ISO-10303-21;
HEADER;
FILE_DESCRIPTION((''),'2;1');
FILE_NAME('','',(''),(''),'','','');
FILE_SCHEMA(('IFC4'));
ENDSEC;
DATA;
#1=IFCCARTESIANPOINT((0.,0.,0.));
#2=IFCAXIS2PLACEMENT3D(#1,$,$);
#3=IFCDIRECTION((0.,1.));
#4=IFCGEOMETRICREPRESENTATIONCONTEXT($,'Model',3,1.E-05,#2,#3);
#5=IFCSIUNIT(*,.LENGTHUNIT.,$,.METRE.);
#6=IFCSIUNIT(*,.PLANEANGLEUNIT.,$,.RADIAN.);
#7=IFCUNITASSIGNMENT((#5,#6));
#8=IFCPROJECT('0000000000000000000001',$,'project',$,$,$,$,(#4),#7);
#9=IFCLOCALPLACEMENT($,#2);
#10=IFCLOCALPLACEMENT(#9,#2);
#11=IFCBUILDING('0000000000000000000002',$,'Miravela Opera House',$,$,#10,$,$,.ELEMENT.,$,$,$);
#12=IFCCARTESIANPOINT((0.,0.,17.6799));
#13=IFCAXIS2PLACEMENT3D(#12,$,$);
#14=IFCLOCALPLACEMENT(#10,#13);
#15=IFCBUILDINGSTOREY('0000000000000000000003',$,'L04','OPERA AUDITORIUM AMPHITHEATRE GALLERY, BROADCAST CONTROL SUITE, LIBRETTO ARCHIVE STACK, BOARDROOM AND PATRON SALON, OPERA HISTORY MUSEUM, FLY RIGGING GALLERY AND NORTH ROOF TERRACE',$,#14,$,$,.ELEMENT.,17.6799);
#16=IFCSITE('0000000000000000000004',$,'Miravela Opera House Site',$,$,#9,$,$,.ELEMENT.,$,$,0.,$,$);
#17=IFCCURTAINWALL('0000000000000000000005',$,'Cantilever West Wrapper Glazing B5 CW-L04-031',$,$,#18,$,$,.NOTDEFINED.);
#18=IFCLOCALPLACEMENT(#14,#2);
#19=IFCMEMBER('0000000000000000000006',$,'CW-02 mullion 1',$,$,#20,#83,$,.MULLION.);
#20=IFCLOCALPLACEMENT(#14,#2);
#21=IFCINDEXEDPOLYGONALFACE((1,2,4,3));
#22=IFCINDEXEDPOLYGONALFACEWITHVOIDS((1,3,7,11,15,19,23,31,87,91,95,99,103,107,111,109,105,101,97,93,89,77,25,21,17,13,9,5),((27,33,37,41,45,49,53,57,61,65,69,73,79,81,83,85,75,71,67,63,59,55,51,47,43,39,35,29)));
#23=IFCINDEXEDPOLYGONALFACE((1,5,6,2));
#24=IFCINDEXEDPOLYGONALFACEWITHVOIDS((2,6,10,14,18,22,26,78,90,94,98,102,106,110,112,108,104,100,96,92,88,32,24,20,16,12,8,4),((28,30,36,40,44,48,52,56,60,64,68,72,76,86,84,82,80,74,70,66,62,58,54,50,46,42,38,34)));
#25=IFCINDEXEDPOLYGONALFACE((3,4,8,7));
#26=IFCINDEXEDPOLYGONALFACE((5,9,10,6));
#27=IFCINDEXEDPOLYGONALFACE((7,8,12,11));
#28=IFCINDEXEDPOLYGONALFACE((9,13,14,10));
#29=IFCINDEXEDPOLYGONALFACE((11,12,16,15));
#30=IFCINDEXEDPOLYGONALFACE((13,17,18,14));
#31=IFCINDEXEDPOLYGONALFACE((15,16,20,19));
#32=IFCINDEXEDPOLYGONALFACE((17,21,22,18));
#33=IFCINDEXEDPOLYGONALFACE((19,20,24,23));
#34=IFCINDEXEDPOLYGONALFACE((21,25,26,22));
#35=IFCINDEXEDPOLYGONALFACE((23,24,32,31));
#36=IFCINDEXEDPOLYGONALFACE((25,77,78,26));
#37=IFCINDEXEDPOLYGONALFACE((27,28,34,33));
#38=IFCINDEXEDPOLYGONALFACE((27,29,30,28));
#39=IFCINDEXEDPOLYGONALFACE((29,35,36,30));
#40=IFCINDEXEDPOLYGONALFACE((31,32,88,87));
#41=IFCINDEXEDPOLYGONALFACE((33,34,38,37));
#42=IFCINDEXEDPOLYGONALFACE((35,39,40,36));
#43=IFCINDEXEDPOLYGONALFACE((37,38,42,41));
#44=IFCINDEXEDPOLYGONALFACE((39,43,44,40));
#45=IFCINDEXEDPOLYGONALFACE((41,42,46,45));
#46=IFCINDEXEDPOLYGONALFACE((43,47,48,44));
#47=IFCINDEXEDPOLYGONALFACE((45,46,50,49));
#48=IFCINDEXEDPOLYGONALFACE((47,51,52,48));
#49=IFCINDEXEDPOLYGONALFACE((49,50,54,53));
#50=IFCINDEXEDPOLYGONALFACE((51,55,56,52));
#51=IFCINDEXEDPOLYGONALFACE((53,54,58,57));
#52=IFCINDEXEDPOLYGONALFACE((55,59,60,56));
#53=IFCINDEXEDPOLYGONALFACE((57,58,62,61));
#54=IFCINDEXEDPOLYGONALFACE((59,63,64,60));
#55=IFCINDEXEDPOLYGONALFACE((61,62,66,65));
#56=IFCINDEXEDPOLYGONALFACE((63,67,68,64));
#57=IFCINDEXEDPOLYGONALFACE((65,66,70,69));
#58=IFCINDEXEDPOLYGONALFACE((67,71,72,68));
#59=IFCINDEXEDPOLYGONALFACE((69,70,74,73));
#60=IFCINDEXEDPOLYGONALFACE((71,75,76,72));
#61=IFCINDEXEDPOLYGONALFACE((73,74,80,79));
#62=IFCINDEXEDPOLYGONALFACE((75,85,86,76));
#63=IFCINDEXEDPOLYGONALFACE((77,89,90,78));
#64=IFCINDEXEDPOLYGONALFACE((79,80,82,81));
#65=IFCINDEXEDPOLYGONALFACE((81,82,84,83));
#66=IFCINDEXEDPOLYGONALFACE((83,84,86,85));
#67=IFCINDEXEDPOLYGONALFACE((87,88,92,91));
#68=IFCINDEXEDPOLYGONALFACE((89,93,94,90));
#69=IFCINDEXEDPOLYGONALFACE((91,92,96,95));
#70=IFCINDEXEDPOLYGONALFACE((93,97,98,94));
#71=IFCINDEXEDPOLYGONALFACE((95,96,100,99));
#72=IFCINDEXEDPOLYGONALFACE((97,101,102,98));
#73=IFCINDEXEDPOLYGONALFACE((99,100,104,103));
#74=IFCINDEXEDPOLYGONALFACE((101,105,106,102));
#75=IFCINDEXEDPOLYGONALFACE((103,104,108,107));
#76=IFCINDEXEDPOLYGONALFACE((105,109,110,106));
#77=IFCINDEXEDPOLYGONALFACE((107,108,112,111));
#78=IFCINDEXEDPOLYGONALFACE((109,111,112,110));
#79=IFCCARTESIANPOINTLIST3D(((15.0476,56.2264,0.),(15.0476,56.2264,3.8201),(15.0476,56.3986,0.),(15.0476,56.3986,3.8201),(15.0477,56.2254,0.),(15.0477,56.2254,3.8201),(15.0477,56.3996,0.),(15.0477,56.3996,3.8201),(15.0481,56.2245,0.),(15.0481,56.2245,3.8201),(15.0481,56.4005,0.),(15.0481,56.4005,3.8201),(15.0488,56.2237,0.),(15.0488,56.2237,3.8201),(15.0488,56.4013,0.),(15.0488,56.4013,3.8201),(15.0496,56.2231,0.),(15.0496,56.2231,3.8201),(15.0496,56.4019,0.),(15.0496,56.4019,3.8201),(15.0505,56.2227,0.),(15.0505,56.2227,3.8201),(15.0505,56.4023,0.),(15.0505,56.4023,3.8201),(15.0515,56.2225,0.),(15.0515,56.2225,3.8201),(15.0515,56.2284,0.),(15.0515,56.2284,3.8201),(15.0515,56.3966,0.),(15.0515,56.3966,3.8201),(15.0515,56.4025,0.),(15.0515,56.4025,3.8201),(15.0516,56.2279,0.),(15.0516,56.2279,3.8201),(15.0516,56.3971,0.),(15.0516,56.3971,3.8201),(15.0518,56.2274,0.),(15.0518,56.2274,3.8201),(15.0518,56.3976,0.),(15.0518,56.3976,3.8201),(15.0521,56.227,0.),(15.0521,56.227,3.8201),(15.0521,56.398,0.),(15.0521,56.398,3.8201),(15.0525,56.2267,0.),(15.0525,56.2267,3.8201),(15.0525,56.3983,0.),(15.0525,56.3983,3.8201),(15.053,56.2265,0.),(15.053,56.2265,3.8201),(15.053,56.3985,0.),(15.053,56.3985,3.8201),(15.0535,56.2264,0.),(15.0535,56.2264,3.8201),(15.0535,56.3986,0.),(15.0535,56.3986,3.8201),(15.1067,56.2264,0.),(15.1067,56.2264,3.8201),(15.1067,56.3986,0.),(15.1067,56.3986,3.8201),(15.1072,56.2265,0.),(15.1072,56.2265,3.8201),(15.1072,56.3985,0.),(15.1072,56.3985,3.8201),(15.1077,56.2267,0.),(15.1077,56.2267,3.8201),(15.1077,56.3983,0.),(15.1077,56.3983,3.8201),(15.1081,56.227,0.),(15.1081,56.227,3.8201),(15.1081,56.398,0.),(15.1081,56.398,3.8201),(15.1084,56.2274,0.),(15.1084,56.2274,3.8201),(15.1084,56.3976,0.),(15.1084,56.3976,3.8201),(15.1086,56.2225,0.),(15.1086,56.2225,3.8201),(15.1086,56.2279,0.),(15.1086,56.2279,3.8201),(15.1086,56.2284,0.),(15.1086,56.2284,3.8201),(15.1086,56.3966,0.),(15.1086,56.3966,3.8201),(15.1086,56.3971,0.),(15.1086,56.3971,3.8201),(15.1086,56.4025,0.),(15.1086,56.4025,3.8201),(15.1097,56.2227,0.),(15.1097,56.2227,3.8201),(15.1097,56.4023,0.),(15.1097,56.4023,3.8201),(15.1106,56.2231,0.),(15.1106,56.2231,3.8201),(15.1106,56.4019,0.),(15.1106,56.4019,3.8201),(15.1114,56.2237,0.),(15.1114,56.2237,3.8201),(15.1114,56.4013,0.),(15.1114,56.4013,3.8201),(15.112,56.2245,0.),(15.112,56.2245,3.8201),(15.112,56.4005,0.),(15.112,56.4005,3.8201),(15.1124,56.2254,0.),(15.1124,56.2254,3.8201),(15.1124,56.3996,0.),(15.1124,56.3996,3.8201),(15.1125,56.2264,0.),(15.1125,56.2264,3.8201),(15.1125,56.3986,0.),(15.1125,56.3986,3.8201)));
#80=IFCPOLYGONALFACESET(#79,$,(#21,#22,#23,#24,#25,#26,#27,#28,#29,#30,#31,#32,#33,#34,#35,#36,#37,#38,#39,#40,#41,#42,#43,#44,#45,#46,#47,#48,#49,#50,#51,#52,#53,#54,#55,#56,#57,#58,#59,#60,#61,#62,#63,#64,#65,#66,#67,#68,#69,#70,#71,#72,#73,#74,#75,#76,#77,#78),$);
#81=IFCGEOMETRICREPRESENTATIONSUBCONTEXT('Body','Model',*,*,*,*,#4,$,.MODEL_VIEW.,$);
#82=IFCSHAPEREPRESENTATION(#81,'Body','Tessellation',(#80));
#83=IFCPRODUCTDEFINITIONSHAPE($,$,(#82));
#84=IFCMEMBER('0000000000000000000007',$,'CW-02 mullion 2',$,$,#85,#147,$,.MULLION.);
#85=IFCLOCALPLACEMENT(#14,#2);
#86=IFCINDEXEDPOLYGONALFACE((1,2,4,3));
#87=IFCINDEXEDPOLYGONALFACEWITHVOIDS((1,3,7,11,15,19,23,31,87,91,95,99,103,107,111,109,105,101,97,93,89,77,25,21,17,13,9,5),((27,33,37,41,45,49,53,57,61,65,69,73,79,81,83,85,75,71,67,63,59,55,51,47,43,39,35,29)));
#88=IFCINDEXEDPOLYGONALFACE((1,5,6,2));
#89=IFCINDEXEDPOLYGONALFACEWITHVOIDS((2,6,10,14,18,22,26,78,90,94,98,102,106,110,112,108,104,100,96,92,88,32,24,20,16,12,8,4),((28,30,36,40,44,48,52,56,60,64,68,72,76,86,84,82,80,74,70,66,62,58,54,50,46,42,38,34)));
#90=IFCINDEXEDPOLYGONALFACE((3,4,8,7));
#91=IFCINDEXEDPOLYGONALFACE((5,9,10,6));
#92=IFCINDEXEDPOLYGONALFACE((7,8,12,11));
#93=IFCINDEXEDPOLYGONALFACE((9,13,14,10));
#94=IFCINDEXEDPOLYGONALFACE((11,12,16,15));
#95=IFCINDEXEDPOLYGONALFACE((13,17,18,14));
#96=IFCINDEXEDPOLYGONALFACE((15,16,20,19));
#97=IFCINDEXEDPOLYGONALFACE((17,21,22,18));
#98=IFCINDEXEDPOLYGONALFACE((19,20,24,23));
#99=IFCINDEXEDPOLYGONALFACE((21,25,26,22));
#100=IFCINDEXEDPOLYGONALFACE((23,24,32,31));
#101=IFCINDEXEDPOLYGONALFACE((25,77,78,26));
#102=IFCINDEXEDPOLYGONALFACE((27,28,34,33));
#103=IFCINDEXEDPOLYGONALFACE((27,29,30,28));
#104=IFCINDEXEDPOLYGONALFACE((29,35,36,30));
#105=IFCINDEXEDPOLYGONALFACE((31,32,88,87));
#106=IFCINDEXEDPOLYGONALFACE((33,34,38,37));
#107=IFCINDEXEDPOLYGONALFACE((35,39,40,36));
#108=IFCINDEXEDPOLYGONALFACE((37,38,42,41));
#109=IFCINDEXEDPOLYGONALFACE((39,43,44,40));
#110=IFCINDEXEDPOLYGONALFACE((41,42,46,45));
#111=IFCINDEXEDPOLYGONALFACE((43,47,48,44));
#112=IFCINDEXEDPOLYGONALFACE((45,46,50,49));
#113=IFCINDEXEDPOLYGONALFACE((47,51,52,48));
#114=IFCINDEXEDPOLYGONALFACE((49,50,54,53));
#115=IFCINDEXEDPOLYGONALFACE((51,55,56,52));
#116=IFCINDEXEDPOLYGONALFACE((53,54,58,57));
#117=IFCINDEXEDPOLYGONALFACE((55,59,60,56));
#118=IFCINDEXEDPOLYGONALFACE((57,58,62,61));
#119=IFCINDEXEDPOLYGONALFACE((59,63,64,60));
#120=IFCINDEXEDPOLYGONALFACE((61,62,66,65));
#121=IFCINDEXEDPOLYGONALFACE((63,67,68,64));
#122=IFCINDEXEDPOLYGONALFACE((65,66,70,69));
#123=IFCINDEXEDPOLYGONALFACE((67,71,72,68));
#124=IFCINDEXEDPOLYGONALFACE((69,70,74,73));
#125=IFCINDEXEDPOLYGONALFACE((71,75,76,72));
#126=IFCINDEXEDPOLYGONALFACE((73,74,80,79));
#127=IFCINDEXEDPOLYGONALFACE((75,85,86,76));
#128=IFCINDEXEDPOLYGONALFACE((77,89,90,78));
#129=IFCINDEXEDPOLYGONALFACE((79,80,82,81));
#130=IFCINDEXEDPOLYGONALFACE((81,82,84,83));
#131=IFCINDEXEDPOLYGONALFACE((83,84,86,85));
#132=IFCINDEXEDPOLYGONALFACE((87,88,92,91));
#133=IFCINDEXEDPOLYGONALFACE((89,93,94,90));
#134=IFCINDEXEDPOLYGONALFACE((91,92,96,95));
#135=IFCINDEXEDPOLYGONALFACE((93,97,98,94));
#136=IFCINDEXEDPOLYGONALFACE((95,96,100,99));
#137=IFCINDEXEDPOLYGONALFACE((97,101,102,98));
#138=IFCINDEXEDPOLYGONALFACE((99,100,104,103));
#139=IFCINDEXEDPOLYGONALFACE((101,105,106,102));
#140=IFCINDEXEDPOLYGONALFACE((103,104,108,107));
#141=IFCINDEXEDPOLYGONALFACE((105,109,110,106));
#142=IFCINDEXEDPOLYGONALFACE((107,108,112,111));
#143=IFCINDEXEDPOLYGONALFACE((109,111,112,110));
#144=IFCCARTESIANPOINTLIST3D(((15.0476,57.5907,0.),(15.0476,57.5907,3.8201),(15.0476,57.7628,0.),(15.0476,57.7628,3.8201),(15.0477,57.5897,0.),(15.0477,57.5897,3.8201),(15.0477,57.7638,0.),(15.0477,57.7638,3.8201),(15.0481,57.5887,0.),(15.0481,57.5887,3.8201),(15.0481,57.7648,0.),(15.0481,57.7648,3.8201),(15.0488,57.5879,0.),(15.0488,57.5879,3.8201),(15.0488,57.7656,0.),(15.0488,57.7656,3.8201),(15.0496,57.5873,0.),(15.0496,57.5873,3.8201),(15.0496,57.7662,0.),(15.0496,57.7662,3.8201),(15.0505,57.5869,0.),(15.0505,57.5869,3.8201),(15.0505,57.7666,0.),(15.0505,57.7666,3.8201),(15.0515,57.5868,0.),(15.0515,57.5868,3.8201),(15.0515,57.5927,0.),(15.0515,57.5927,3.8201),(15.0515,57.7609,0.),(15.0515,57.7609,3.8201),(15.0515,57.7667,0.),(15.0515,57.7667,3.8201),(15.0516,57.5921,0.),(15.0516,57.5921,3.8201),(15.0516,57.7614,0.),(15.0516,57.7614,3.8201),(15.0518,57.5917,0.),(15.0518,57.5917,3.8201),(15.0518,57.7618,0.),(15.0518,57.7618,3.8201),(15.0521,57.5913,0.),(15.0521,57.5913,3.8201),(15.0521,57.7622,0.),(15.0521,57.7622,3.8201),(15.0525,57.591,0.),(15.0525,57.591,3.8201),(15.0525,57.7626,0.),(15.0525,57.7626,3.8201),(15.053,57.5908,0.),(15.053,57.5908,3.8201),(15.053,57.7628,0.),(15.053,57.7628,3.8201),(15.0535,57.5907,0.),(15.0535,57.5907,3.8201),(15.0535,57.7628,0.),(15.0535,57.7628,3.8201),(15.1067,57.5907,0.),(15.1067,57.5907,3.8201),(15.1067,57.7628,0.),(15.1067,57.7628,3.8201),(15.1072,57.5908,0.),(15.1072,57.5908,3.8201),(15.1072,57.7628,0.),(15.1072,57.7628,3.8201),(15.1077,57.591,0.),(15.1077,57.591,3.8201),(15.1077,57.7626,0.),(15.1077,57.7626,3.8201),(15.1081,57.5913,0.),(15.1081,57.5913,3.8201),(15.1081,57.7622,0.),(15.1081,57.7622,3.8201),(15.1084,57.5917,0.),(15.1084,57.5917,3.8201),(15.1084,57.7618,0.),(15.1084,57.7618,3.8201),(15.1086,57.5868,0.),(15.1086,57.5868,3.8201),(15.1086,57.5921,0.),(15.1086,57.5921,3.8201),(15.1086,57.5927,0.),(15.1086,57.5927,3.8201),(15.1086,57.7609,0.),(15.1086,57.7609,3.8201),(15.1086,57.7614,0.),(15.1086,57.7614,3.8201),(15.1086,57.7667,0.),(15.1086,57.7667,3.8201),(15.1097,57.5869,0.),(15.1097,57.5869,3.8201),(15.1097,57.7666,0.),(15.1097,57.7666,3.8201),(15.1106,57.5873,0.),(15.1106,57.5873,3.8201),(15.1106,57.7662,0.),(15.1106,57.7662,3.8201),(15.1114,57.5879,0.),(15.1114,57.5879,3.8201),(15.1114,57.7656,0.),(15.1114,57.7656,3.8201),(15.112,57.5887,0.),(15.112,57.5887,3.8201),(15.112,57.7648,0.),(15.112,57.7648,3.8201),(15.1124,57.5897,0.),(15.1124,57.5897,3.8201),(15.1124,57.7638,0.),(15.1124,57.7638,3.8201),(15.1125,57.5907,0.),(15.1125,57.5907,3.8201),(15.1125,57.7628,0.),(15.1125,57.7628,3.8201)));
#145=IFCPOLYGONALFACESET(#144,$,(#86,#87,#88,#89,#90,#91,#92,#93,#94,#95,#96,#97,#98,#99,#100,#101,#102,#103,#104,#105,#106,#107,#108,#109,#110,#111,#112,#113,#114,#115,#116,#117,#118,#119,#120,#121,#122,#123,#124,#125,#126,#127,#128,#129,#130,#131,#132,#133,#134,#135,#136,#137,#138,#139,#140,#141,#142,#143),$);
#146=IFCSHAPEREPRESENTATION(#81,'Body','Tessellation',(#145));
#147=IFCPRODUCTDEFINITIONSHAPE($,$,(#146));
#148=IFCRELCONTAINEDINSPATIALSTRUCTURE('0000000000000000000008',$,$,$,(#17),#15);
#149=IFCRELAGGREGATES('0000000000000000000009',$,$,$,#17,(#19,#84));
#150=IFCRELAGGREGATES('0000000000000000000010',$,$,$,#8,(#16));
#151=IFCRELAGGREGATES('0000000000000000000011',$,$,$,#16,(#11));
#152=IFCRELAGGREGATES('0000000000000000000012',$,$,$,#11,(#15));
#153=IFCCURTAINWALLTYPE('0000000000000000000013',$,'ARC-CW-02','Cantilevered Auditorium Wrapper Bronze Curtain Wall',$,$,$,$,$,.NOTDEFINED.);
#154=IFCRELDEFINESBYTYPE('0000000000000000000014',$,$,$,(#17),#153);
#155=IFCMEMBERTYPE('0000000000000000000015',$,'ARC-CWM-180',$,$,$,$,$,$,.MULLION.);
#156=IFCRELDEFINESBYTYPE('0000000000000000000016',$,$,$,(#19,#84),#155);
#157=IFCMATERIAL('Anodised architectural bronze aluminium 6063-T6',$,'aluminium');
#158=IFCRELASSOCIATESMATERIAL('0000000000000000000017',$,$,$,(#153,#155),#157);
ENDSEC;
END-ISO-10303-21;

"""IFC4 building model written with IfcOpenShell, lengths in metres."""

from ifc_helpers import new_model, si_unit, direction, frame, origin, origin_2d, place, context, subcontext, project, spatial, hollow_rectangle, extrude, material, material_profile, profile_set, type_object, element, aggregate, save


model = new_model("IFC4")

# Units and contexts
model_context = context("Model", 3, precision=1e-05, world=origin(), true_north=direction((0.0, 1.0)))
body_context = subcontext(model_context, "Body", "Model", "MODEL_VIEW")
ifc_project = project(units=[si_unit("LENGTHUNIT", "METRE"), si_unit("PLANEANGLEUNIT", "RADIAN")], contexts=[model_context])

# Site, building, storey
site_placement = place(None, origin())
site = spatial("IfcSite", under=ifc_project, at=site_placement, Name="Miravela Opera House Site", CompositionType="ELEMENT", RefElevation=0.0)
building_placement = place(site_placement, origin())
building = spatial("IfcBuilding", under=site, at=building_placement, Name="Miravela Opera House", CompositionType="ELEMENT")
storey_placement = place(building_placement, frame((0.0, 0.0, 17.6799)))
storey = spatial("IfcBuildingStorey", under=building, at=storey_placement, Name="L04", Description="OPERA AUDITORIUM AMPHITHEATRE GALLERY, BROADCAST CONTROL SUITE, LIBRETTO ARCHIVE STACK, BOARDROOM AND PATRON SALON, OPERA HISTORY MUSEUM, FLY RIGGING GALLERY AND NORTH ROOF TERRACE", CompositionType="ELEMENT", Elevation=17.6799)

# Curtain wall, members
ifc_material_1 = material(Name="Anodised architectural bronze aluminium 6063-T6", Category="aluminium")
curtain_wall_type = type_object("IfcCurtainWallType", Name="ARC-CW-02", Description="Cantilevered Auditorium Wrapper Bronze Curtain Wall", PredefinedType="NOTDEFINED", material=ifc_material_1)
curtain_wall_placement = place(storey_placement, origin())
curtain_wall = element("IfcCurtainWall", 1, at=curtain_wall_placement, inside=storey, type_object=curtain_wall_type, Name="Cantilever West Wrapper Glazing B5 CW-L04-031", PredefinedType="NOTDEFINED")
ifc_material_profile_1 = material_profile(ifc_material_1, hollow_rectangle(XDim=0.0649, YDim=0.1799, WallThickness=0.0039, InnerFilletRadius=0.002, OuterFilletRadius=0.0039, at=origin_2d()), Name="CWM-65X180")
ifc_profile_set_1 = profile_set([ifc_material_profile_1])
member_type_1 = type_object("IfcMemberType", Name="ARC-CWM-180", PredefinedType="MULLION", material=ifc_profile_set_1)
member_1_placement = place(storey_placement, frame((15.0801, 56.3125, 0.0), z_axis=(0.0, 0.0, 1.0), x_axis=(-1.0, 0.0, 0.0)))
member_1 = element("IfcMember", 2, at=member_1_placement, type_object=member_type_1, Name="CW-02 mullion 1", PredefinedType="MULLION", context=body_context, shape_type="SweptSolid", body=[
    extrude(hollow_rectangle(XDim=0.0649, YDim=0.1799, WallThickness=0.0039, InnerFilletRadius=0.002, OuterFilletRadius=0.0039, at=origin_2d()), origin(), (0.0, 0.0, 1.0), 3.8201),
])
member_2_placement = place(storey_placement, frame((15.0801, 57.6768, 0.0), z_axis=(0.0, 0.0, 1.0), x_axis=(-1.0, 0.0, 0.0)))
member_2 = element("IfcMember", 3, at=member_2_placement, type_object=member_type_1, Name="CW-02 mullion 2", PredefinedType="MULLION", context=body_context, shape_type="SweptSolid", body=[
    extrude(hollow_rectangle(XDim=0.0649, YDim=0.1799, WallThickness=0.0039, InnerFilletRadius=0.002, OuterFilletRadius=0.0039, at=origin_2d()), origin(), (0.0, 0.0, 1.0), 3.8201),
])

aggregate(curtain_wall, [member_1, member_2])

save(model, "model.ifc")
